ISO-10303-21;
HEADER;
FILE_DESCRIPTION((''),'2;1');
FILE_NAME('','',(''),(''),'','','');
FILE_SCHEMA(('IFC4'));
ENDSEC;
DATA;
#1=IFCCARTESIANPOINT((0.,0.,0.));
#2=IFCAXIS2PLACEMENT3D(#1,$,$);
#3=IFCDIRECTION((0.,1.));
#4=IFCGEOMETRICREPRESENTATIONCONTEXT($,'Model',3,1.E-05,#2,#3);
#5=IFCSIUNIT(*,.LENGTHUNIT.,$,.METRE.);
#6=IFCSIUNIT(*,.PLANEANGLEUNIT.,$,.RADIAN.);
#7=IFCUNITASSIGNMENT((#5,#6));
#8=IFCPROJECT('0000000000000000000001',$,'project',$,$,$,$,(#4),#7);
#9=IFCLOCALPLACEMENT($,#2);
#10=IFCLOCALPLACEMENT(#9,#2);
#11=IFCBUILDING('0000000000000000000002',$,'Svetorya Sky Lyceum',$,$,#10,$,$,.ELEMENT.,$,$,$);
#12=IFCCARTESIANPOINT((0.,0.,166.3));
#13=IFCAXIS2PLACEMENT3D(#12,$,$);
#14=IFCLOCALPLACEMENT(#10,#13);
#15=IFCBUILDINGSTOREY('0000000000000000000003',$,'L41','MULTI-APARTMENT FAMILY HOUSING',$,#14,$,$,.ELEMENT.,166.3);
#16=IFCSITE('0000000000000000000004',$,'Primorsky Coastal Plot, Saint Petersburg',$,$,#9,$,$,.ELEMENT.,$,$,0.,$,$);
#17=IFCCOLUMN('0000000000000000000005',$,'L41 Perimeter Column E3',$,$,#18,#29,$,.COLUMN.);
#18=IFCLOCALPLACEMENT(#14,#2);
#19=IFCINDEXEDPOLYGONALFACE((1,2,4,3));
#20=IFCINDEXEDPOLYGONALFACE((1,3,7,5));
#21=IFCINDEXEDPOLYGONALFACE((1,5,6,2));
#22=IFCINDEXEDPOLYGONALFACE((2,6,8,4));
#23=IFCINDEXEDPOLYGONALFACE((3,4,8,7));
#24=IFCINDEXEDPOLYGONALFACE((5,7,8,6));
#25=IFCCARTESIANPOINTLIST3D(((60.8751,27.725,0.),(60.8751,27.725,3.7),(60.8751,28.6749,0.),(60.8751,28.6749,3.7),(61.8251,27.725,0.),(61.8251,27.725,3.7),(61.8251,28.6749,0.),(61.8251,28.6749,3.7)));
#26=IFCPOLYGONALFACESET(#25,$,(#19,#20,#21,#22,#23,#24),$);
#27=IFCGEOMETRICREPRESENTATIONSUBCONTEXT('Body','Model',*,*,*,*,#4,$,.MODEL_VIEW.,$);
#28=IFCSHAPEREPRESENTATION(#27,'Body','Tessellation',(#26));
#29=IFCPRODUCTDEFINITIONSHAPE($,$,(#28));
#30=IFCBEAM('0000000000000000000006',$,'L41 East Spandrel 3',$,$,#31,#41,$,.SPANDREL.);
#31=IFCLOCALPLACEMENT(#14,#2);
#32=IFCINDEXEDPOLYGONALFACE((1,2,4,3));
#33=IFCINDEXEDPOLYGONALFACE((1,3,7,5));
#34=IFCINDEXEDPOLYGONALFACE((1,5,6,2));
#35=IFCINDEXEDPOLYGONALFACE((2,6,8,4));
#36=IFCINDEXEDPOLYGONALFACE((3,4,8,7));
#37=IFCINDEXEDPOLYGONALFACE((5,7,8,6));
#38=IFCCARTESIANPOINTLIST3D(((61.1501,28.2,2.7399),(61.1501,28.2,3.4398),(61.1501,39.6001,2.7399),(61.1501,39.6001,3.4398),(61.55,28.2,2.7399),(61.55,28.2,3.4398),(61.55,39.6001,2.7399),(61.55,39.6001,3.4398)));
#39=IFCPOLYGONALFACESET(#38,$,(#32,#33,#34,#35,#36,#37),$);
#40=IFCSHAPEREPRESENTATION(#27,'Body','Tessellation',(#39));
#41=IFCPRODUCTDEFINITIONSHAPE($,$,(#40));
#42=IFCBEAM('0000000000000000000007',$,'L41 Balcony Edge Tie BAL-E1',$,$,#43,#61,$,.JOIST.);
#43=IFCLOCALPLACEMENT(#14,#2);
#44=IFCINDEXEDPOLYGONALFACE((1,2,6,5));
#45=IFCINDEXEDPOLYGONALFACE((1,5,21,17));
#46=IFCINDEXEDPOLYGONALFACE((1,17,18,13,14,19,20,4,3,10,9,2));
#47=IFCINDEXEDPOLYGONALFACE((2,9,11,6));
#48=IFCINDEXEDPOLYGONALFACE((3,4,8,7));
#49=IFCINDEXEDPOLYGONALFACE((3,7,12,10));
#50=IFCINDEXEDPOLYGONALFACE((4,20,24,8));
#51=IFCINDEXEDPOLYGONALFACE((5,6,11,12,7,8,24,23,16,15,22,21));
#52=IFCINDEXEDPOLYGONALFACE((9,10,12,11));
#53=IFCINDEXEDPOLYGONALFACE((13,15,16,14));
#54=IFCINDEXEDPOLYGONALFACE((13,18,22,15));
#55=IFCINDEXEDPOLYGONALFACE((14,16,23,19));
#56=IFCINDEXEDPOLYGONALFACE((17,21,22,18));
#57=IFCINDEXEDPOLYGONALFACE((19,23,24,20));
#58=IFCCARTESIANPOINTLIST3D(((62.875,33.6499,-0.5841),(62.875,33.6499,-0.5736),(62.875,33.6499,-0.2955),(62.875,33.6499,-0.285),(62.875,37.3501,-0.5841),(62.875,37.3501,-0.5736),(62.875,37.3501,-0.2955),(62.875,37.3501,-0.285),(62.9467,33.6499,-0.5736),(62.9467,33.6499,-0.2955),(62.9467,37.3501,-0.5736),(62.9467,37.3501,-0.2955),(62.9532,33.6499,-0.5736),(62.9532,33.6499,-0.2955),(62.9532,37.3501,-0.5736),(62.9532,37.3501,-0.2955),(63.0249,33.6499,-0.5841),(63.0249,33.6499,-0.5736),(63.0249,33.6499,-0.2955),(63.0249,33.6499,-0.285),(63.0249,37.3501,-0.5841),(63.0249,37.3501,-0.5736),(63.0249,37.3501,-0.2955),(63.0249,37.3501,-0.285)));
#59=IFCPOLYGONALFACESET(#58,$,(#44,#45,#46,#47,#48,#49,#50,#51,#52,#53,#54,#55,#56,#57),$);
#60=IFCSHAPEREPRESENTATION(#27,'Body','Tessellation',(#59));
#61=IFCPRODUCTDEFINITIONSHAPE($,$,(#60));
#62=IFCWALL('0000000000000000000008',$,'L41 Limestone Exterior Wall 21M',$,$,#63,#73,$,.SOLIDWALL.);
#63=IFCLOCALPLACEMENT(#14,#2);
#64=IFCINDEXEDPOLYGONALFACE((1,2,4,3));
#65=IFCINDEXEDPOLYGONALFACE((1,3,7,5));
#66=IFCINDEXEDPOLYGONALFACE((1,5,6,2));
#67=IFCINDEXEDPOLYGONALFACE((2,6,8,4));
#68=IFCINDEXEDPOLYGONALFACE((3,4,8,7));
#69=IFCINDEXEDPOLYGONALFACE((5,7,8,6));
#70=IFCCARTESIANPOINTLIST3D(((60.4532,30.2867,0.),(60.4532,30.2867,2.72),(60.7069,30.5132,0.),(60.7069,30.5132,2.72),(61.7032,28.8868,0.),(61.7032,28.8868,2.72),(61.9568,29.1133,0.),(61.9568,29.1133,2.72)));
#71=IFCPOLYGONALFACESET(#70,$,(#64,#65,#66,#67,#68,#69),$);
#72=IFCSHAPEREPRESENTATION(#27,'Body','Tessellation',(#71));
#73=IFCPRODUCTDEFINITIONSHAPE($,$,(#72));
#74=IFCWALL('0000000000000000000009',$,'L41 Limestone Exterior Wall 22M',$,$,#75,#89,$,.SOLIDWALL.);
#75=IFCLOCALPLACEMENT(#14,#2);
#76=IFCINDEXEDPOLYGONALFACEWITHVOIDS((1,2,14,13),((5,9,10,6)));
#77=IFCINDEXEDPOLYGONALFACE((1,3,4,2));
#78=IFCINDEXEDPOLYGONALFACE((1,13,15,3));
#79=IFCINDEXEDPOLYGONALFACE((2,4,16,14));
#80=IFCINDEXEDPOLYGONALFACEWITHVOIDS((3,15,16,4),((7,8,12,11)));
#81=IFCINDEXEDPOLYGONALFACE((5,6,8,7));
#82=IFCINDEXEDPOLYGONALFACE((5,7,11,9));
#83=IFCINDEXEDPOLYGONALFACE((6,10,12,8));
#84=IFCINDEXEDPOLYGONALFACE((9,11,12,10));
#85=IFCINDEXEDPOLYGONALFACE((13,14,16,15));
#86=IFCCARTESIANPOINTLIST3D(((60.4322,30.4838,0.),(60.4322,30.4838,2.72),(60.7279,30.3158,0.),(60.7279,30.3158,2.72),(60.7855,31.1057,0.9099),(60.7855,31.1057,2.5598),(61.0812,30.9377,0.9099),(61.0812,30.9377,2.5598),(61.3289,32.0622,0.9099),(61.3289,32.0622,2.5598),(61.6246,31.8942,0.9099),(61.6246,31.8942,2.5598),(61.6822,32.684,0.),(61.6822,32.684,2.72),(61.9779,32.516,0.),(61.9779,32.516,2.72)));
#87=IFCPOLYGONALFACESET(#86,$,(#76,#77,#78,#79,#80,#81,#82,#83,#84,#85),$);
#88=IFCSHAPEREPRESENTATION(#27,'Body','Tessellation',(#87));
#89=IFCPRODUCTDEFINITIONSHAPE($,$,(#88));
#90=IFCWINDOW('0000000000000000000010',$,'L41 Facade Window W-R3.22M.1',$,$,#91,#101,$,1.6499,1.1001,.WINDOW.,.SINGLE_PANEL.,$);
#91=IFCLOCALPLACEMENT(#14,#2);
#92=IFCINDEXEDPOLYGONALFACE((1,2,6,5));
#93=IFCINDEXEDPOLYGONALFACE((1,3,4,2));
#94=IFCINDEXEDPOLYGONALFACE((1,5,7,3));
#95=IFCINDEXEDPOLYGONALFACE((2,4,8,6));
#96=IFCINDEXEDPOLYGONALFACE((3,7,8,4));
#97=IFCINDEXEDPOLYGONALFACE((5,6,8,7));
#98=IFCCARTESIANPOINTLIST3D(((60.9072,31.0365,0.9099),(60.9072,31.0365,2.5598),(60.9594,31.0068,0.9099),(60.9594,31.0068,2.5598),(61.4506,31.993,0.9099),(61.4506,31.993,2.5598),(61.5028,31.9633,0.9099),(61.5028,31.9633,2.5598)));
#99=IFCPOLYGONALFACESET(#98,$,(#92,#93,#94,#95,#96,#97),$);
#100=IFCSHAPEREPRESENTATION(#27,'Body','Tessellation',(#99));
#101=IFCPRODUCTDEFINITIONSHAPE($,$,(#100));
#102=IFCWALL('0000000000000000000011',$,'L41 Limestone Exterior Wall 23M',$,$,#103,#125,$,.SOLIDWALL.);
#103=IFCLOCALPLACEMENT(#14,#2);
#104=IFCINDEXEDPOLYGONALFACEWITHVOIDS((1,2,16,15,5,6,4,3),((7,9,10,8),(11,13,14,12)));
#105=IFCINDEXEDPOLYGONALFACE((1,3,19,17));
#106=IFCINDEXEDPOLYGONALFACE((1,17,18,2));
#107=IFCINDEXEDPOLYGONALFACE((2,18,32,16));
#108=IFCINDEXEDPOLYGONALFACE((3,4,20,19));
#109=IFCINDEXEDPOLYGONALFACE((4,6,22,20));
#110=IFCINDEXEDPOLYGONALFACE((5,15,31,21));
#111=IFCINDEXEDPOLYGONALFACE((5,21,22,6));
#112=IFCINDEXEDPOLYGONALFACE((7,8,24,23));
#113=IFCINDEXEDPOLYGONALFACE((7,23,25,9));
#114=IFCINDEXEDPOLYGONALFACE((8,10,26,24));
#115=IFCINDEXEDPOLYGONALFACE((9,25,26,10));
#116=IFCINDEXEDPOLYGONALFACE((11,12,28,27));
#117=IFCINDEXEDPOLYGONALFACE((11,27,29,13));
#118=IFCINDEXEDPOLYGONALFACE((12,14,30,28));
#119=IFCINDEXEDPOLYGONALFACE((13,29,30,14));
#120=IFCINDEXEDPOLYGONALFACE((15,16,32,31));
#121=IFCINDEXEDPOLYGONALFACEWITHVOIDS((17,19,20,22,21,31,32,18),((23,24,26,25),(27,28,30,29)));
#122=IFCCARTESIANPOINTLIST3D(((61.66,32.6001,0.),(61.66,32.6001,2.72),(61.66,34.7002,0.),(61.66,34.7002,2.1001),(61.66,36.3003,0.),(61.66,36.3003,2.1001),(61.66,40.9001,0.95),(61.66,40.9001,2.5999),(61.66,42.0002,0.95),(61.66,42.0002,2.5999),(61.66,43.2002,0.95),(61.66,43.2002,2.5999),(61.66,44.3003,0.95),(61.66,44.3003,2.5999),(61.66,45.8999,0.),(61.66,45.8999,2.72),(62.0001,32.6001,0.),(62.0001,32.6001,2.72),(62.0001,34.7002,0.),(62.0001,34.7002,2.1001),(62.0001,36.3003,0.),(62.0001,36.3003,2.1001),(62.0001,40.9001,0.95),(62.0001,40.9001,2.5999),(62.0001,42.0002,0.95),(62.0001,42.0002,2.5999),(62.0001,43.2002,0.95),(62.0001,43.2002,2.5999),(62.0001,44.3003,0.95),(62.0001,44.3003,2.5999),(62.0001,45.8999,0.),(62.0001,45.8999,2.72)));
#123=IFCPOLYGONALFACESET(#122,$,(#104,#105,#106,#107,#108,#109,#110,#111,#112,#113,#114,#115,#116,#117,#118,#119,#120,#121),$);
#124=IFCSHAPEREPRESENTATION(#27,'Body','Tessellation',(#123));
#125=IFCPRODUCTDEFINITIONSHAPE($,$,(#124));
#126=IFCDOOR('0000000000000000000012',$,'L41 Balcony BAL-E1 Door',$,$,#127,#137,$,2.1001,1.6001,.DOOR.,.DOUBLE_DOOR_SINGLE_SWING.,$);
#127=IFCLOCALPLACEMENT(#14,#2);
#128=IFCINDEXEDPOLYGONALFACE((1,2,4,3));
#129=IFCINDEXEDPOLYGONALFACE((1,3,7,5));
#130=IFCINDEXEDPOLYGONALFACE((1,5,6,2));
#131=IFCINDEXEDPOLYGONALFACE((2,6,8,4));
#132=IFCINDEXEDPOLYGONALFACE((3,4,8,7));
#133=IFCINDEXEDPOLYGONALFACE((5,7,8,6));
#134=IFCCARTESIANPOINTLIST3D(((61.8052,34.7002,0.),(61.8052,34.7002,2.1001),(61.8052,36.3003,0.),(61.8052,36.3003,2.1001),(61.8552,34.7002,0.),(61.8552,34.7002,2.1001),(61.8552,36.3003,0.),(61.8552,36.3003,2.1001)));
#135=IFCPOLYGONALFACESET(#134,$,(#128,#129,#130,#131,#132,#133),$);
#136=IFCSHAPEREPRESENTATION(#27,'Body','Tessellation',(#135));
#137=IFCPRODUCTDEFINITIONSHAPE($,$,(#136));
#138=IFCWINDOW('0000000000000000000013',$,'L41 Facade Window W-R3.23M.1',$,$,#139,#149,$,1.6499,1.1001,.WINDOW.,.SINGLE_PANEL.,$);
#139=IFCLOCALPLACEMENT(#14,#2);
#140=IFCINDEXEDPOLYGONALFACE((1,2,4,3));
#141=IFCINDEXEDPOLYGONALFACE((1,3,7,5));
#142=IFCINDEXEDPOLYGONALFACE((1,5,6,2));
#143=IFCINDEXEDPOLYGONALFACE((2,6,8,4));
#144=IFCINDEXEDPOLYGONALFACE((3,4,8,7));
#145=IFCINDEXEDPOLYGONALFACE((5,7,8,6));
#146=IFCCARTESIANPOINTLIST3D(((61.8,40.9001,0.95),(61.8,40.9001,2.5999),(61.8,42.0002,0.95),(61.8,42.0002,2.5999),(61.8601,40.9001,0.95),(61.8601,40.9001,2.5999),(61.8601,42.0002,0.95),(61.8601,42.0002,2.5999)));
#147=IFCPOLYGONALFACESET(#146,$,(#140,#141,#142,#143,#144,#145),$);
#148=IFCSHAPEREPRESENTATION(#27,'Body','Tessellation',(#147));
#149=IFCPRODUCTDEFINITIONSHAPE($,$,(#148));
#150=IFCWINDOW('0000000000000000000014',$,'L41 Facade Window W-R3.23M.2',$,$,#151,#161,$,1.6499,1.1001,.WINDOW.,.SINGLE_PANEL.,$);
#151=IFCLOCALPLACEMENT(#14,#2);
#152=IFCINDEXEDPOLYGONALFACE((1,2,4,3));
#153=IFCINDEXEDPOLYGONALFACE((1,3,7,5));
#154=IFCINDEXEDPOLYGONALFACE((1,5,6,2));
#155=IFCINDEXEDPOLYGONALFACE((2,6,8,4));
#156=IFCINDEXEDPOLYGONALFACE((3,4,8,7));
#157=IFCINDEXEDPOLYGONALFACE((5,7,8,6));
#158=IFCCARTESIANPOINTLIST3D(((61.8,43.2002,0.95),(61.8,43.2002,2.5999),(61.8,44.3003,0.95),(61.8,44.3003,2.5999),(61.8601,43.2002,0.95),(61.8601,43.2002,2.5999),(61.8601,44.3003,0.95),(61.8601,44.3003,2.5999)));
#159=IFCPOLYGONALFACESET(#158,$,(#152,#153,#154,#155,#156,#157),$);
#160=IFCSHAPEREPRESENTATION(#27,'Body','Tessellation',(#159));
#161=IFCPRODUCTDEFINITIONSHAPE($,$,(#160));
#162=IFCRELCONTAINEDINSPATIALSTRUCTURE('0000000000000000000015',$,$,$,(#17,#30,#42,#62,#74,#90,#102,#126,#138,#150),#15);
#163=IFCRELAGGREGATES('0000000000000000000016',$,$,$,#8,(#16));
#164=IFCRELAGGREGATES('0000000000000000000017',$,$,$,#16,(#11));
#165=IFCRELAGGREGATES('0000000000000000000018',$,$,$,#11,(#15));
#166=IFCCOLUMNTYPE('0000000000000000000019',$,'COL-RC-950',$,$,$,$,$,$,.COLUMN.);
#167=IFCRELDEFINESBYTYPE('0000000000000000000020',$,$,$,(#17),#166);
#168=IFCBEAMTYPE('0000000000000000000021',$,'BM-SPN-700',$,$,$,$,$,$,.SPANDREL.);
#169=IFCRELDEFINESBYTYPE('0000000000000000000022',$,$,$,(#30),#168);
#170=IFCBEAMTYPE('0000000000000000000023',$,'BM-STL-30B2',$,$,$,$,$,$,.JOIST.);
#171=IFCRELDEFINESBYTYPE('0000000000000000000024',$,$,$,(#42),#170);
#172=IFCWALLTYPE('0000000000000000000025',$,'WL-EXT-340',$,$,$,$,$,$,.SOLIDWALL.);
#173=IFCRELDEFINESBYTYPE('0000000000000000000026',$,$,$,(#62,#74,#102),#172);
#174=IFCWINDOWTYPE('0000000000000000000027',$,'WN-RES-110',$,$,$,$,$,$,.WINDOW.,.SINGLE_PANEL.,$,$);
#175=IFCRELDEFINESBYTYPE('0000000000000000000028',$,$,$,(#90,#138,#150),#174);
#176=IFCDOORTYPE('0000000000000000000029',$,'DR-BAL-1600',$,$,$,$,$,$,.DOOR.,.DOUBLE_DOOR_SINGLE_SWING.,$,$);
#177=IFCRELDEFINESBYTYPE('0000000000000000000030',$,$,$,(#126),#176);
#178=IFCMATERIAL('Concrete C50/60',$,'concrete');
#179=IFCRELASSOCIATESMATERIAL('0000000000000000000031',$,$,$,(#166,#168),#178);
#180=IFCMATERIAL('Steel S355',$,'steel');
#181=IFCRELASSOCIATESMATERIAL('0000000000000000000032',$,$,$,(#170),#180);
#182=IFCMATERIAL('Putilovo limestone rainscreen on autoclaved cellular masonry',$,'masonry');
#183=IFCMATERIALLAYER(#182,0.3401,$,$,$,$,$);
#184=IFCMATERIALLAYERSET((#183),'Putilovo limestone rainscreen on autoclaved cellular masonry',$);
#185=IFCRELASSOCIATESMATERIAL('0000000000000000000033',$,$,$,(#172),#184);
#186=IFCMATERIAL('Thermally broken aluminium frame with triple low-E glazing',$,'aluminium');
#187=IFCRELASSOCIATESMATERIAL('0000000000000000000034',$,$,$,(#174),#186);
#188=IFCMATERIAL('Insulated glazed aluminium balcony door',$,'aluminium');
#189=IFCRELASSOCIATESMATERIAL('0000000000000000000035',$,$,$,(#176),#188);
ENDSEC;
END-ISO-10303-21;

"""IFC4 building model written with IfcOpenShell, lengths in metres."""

from ifc_helpers import new_model, si_unit, direction, frame, frame_2d, origin, origin_2d, place, context, subcontext, project, spatial, rectangle, i_section, extrude, material, layer, layer_set, material_profile, profile_set, type_object, element, fill, save


model = new_model("IFC4")

# Units and contexts
model_context = context("Model", 3, precision=1e-05, world=origin(), true_north=direction((0.0, 1.0)))
body_context = subcontext(model_context, "Body", "Model", "MODEL_VIEW")
ifc_project = project(units=[si_unit("LENGTHUNIT", "METRE"), si_unit("PLANEANGLEUNIT", "RADIAN")], contexts=[model_context])

# Site, building, storey
site_placement = place(None, origin())
site = spatial("IfcSite", under=ifc_project, at=site_placement, Name="Primorsky Coastal Plot, Saint Petersburg", CompositionType="ELEMENT", RefElevation=0.0)
building_placement = place(site_placement, origin())
building = spatial("IfcBuilding", under=site, at=building_placement, Name="Svetorya Sky Lyceum", CompositionType="ELEMENT")
storey_placement = place(building_placement, frame((0.0, 0.0, 166.3)))
storey = spatial("IfcBuildingStorey", under=building, at=storey_placement, Name="L41", Description="MULTI-APARTMENT FAMILY HOUSING", CompositionType="ELEMENT", Elevation=166.3)

# Column
ifc_material_1 = material(Name="Concrete C50/60", Category="concrete")
ifc_material_profile_1 = material_profile(ifc_material_1, rectangle(XDim=0.95, YDim=0.95, at=origin_2d()), Name="RC COL 950x950")
ifc_profile_set_1 = profile_set([ifc_material_profile_1], Name="Concrete C50/60")
column_type = type_object("IfcColumnType", Name="COL-RC-950", PredefinedType="COLUMN", material=ifc_profile_set_1)
column_placement = place(storey_placement, frame((61.3501, 28.2, 0.0), z_axis=(0.0, 0.0, 1.0), x_axis=(1.0, 0.0, 0.0)))
element("IfcColumn", 1, at=column_placement, inside=storey, type_object=column_type, Name="L41 Perimeter Column E3", PredefinedType="COLUMN", context=body_context, shape_type="SweptSolid", body=[
    extrude(rectangle(XDim=0.95, YDim=0.95, at=origin_2d()), origin(), (0.0, 0.0, 1.0), 3.7),
])

# Beams
ifc_material_profile_2 = material_profile(ifc_material_1, rectangle(XDim=0.3999, YDim=0.7, at=origin_2d()), Name="RC SPANDREL 400x700")
ifc_profile_set_2 = profile_set([ifc_material_profile_2], Name="Concrete C50/60")
beam_type_1 = type_object("IfcBeamType", Name="BM-SPN-700", PredefinedType="SPANDREL", material=ifc_profile_set_2)
beam_1_placement = place(storey_placement, frame((61.3501, 28.2, 3.0898), z_axis=(0.0, 1.0, 0.0), x_axis=(-1.0, 0.0, 0.0)))
element("IfcBeam", 2, at=beam_1_placement, inside=storey, type_object=beam_type_1, Name="L41 East Spandrel 3", PredefinedType="SPANDREL", context=body_context, shape_type="SweptSolid", body=[
    extrude(rectangle(XDim=0.3999, YDim=0.7, at=origin_2d()), origin(), (0.0, 0.0, 1.0), 11.4001),
])
ifc_material_2 = material(Name="Steel S355", Category="steel")
ifc_material_profile_3 = material_profile(ifc_material_2, i_section(OverallWidth=0.1499, OverallDepth=0.2991, WebThickness=0.0066, FlangeThickness=0.0105, at=origin_2d()), Name="GOST 30B2")
ifc_profile_set_3 = profile_set([ifc_material_profile_3], Name="Steel S355")
beam_type_2 = type_object("IfcBeamType", Name="BM-STL-30B2", PredefinedType="JOIST", material=ifc_profile_set_3)
beam_2_placement = place(storey_placement, frame((62.95, 33.6499, -0.4346), z_axis=(0.0, 1.0, 0.0), x_axis=(-1.0, 0.0, 0.0)))
element("IfcBeam", 3, at=beam_2_placement, inside=storey, type_object=beam_type_2, Name="L41 Balcony Edge Tie BAL-E1", PredefinedType="JOIST", context=body_context, shape_type="SweptSolid", body=[
    extrude(i_section(OverallWidth=0.1499, OverallDepth=0.2991, WebThickness=0.0066, FlangeThickness=0.0105, at=origin_2d()), origin(), (0.0, 0.0, 1.0), 3.7002),
])

# Wall
ifc_material_3 = material(Name="Putilovo limestone rainscreen on autoclaved cellular masonry", Category="masonry")
ifc_layer_1 = layer(ifc_material_3, 0.3401)
ifc_layer_set_1 = layer_set([ifc_layer_1], Name="Putilovo limestone rainscreen on autoclaved cellular masonry")
wall_type_1 = type_object("IfcWallType", Name="WL-EXT-340", PredefinedType="SOLIDWALL", material=ifc_layer_set_1)
wall_1_placement = place(storey_placement, frame((61.8301, 29.0, 0.0), z_axis=(0.0, 0.0, 1.0), x_axis=(-0.666042, 0.745915, 0.0)))
element("IfcWall", 4, at=wall_1_placement, inside=storey, type_object=wall_type_1, Name="L41 Limestone Exterior Wall 21M", PredefinedType="SOLIDWALL", context=body_context, shape_type="SweptSolid", body=[
    extrude(rectangle(XDim=1.8767, YDim=0.3401, at=frame_2d((0.9385, 0.0))), origin(), (0.0, 0.0, 1.0), 2.72),
])

# Wall, opening, window
wall_2_placement = place(storey_placement, frame((60.5801, 30.3999, 0.0), z_axis=(0.0, 0.0, 1.0), x_axis=(0.493976, 0.869475, 0.0)))
wall_2 = element("IfcWall", 5, at=wall_2_placement, inside=storey, type_object=wall_type_1, Name="L41 Limestone Exterior Wall 22M", PredefinedType="SOLIDWALL", context=body_context, shape_type="SweptSolid", body=[
    extrude(rectangle(XDim=2.5305, YDim=0.3401, at=frame_2d((1.2651, 0.0))), origin(), (0.0, 0.0, 1.0), 2.72),
])
opening_1_placement = place(wall_2_placement, frame((0.7151, 0.0, 0.9099)))
opening_1 = element("IfcOpeningElement", 6, at=opening_1_placement, cuts=wall_2, PredefinedType="OPENING", context=body_context, shape_type="SweptSolid", body=[
    extrude(rectangle(XDim=1.1001, YDim=1.6499, at=frame_2d((0.55, 0.825))), frame((0.0, 0.1799, 0.0), z_axis=(0.0, -1.0, 0.0), x_axis=(1.0, 0.0, 0.0)), (0.0, 0.0, 1.0), 0.3601),
])
ifc_material_4 = material(Name="Thermally broken aluminium frame with triple low-E glazing", Category="aluminium")
window_type = type_object("IfcWindowType", Name="WN-RES-110", PartitioningType="SINGLE_PANEL", PredefinedType="WINDOW", material=ifc_material_4)
window_1_placement = place(opening_1_placement, origin())
window_1 = element("IfcWindow", 7, at=window_1_placement, inside=storey, type_object=window_type, Name="L41 Facade Window W-R3.22M.1", OverallHeight=1.6499, OverallWidth=1.1001, PartitioningType="SINGLE_PANEL", PredefinedType="WINDOW", context=body_context, shape_type="SweptSolid", body=[
    extrude(rectangle(XDim=1.1001, YDim=1.6499, at=frame_2d((0.55, 0.825))), frame((0.0, 0.03, 0.0), z_axis=(0.0, -1.0, 0.0), x_axis=(1.0, 0.0, 0.0)), (0.0, 0.0, 1.0), 0.0601),
])
fill(opening_1, window_1)

# Wall, openings, door, windows
wall_3_placement = place(storey_placement, frame((61.8301, 32.6001, 0.0), z_axis=(0.0, 0.0, 1.0), x_axis=(0.0, 1.0, 0.0)))
wall_3 = element("IfcWall", 8, at=wall_3_placement, inside=storey, type_object=wall_type_1, Name="L41 Limestone Exterior Wall 23M", PredefinedType="SOLIDWALL", context=body_context, shape_type="SweptSolid", body=[
    extrude(rectangle(XDim=13.2998, YDim=0.3401, at=frame_2d((6.6499, 0.0))), origin(), (0.0, 0.0, 1.0), 2.72),
])
opening_2_placement = place(wall_3_placement, frame((2.1001, 0.0, 0.0)))
opening_2 = element("IfcOpeningElement", 9, at=opening_2_placement, cuts=wall_3, PredefinedType="OPENING", context=body_context, shape_type="SweptSolid", body=[
    extrude(rectangle(XDim=1.6001, YDim=2.1001, at=frame_2d((0.8, 1.05))), frame((0.0, 0.1799, 0.0), z_axis=(0.0, -1.0, 0.0), x_axis=(1.0, 0.0, 0.0)), (0.0, 0.0, 1.0), 0.3601),
])
opening_3_placement = place(wall_3_placement, frame((8.3, 0.0, 0.95)))
opening_3 = element("IfcOpeningElement", 10, at=opening_3_placement, cuts=wall_3, PredefinedType="OPENING", context=body_context, shape_type="SweptSolid", body=[
    extrude(rectangle(XDim=1.1001, YDim=1.6499, at=frame_2d((0.55, 0.825))), frame((0.0, 0.1799, 0.0), z_axis=(0.0, -1.0, 0.0), x_axis=(1.0, 0.0, 0.0)), (0.0, 0.0, 1.0), 0.3601),
])
opening_4_placement = place(wall_3_placement, frame((10.6001, 0.0, 0.95)))
opening_4 = element("IfcOpeningElement", 11, at=opening_4_placement, cuts=wall_3, PredefinedType="OPENING", context=body_context, shape_type="SweptSolid", body=[
    extrude(rectangle(XDim=1.1001, YDim=1.6499, at=frame_2d((0.55, 0.825))), frame((0.0, 0.1799, 0.0), z_axis=(0.0, -1.0, 0.0), x_axis=(1.0, 0.0, 0.0)), (0.0, 0.0, 1.0), 0.3601),
])
ifc_material_5 = material(Name="Insulated glazed aluminium balcony door", Category="aluminium")
door_type_1 = type_object("IfcDoorType", Name="DR-BAL-1600", OperationType="DOUBLE_DOOR_SINGLE_SWING", PredefinedType="DOOR", material=ifc_material_5)
door_1_placement = place(opening_2_placement, origin())
door_1 = element("IfcDoor", 12, at=door_1_placement, inside=storey, type_object=door_type_1, Name="L41 Balcony BAL-E1 Door", OperationType="DOUBLE_DOOR_SINGLE_SWING", OverallHeight=2.1001, OverallWidth=1.6001, PredefinedType="DOOR", context=body_context, shape_type="SweptSolid", body=[
    extrude(rectangle(XDim=1.6001, YDim=2.1001, at=frame_2d((0.8, 1.05))), frame((0.0, 0.0249, 0.0), z_axis=(0.0, -1.0, 0.0), x_axis=(1.0, 0.0, 0.0)), (0.0, 0.0, 1.0), 0.05),
])
fill(opening_2, door_1)
window_2_placement = place(opening_3_placement, origin())
window_2 = element("IfcWindow", 13, at=window_2_placement, inside=storey, type_object=window_type, Name="L41 Facade Window W-R3.23M.1", OverallHeight=1.6499, OverallWidth=1.1001, PartitioningType="SINGLE_PANEL", PredefinedType="WINDOW", context=body_context, shape_type="SweptSolid", body=[
    extrude(rectangle(XDim=1.1001, YDim=1.6499, at=frame_2d((0.55, 0.825))), frame((0.0, 0.03, 0.0), z_axis=(0.0, -1.0, 0.0), x_axis=(1.0, 0.0, 0.0)), (0.0, 0.0, 1.0), 0.0601),
])
fill(opening_3, window_2)
window_3_placement = place(opening_4_placement, origin())
window_3 = element("IfcWindow", 14, at=window_3_placement, inside=storey, type_object=window_type, Name="L41 Facade Window W-R3.23M.2", OverallHeight=1.6499, OverallWidth=1.1001, PartitioningType="SINGLE_PANEL", PredefinedType="WINDOW", context=body_context, shape_type="SweptSolid", body=[
    extrude(rectangle(XDim=1.1001, YDim=1.6499, at=frame_2d((0.55, 0.825))), frame((0.0, 0.03, 0.0), z_axis=(0.0, -1.0, 0.0), x_axis=(1.0, 0.0, 0.0)), (0.0, 0.0, 1.0), 0.0601),
])
fill(opening_4, window_3)

save(model, "model.ifc")
